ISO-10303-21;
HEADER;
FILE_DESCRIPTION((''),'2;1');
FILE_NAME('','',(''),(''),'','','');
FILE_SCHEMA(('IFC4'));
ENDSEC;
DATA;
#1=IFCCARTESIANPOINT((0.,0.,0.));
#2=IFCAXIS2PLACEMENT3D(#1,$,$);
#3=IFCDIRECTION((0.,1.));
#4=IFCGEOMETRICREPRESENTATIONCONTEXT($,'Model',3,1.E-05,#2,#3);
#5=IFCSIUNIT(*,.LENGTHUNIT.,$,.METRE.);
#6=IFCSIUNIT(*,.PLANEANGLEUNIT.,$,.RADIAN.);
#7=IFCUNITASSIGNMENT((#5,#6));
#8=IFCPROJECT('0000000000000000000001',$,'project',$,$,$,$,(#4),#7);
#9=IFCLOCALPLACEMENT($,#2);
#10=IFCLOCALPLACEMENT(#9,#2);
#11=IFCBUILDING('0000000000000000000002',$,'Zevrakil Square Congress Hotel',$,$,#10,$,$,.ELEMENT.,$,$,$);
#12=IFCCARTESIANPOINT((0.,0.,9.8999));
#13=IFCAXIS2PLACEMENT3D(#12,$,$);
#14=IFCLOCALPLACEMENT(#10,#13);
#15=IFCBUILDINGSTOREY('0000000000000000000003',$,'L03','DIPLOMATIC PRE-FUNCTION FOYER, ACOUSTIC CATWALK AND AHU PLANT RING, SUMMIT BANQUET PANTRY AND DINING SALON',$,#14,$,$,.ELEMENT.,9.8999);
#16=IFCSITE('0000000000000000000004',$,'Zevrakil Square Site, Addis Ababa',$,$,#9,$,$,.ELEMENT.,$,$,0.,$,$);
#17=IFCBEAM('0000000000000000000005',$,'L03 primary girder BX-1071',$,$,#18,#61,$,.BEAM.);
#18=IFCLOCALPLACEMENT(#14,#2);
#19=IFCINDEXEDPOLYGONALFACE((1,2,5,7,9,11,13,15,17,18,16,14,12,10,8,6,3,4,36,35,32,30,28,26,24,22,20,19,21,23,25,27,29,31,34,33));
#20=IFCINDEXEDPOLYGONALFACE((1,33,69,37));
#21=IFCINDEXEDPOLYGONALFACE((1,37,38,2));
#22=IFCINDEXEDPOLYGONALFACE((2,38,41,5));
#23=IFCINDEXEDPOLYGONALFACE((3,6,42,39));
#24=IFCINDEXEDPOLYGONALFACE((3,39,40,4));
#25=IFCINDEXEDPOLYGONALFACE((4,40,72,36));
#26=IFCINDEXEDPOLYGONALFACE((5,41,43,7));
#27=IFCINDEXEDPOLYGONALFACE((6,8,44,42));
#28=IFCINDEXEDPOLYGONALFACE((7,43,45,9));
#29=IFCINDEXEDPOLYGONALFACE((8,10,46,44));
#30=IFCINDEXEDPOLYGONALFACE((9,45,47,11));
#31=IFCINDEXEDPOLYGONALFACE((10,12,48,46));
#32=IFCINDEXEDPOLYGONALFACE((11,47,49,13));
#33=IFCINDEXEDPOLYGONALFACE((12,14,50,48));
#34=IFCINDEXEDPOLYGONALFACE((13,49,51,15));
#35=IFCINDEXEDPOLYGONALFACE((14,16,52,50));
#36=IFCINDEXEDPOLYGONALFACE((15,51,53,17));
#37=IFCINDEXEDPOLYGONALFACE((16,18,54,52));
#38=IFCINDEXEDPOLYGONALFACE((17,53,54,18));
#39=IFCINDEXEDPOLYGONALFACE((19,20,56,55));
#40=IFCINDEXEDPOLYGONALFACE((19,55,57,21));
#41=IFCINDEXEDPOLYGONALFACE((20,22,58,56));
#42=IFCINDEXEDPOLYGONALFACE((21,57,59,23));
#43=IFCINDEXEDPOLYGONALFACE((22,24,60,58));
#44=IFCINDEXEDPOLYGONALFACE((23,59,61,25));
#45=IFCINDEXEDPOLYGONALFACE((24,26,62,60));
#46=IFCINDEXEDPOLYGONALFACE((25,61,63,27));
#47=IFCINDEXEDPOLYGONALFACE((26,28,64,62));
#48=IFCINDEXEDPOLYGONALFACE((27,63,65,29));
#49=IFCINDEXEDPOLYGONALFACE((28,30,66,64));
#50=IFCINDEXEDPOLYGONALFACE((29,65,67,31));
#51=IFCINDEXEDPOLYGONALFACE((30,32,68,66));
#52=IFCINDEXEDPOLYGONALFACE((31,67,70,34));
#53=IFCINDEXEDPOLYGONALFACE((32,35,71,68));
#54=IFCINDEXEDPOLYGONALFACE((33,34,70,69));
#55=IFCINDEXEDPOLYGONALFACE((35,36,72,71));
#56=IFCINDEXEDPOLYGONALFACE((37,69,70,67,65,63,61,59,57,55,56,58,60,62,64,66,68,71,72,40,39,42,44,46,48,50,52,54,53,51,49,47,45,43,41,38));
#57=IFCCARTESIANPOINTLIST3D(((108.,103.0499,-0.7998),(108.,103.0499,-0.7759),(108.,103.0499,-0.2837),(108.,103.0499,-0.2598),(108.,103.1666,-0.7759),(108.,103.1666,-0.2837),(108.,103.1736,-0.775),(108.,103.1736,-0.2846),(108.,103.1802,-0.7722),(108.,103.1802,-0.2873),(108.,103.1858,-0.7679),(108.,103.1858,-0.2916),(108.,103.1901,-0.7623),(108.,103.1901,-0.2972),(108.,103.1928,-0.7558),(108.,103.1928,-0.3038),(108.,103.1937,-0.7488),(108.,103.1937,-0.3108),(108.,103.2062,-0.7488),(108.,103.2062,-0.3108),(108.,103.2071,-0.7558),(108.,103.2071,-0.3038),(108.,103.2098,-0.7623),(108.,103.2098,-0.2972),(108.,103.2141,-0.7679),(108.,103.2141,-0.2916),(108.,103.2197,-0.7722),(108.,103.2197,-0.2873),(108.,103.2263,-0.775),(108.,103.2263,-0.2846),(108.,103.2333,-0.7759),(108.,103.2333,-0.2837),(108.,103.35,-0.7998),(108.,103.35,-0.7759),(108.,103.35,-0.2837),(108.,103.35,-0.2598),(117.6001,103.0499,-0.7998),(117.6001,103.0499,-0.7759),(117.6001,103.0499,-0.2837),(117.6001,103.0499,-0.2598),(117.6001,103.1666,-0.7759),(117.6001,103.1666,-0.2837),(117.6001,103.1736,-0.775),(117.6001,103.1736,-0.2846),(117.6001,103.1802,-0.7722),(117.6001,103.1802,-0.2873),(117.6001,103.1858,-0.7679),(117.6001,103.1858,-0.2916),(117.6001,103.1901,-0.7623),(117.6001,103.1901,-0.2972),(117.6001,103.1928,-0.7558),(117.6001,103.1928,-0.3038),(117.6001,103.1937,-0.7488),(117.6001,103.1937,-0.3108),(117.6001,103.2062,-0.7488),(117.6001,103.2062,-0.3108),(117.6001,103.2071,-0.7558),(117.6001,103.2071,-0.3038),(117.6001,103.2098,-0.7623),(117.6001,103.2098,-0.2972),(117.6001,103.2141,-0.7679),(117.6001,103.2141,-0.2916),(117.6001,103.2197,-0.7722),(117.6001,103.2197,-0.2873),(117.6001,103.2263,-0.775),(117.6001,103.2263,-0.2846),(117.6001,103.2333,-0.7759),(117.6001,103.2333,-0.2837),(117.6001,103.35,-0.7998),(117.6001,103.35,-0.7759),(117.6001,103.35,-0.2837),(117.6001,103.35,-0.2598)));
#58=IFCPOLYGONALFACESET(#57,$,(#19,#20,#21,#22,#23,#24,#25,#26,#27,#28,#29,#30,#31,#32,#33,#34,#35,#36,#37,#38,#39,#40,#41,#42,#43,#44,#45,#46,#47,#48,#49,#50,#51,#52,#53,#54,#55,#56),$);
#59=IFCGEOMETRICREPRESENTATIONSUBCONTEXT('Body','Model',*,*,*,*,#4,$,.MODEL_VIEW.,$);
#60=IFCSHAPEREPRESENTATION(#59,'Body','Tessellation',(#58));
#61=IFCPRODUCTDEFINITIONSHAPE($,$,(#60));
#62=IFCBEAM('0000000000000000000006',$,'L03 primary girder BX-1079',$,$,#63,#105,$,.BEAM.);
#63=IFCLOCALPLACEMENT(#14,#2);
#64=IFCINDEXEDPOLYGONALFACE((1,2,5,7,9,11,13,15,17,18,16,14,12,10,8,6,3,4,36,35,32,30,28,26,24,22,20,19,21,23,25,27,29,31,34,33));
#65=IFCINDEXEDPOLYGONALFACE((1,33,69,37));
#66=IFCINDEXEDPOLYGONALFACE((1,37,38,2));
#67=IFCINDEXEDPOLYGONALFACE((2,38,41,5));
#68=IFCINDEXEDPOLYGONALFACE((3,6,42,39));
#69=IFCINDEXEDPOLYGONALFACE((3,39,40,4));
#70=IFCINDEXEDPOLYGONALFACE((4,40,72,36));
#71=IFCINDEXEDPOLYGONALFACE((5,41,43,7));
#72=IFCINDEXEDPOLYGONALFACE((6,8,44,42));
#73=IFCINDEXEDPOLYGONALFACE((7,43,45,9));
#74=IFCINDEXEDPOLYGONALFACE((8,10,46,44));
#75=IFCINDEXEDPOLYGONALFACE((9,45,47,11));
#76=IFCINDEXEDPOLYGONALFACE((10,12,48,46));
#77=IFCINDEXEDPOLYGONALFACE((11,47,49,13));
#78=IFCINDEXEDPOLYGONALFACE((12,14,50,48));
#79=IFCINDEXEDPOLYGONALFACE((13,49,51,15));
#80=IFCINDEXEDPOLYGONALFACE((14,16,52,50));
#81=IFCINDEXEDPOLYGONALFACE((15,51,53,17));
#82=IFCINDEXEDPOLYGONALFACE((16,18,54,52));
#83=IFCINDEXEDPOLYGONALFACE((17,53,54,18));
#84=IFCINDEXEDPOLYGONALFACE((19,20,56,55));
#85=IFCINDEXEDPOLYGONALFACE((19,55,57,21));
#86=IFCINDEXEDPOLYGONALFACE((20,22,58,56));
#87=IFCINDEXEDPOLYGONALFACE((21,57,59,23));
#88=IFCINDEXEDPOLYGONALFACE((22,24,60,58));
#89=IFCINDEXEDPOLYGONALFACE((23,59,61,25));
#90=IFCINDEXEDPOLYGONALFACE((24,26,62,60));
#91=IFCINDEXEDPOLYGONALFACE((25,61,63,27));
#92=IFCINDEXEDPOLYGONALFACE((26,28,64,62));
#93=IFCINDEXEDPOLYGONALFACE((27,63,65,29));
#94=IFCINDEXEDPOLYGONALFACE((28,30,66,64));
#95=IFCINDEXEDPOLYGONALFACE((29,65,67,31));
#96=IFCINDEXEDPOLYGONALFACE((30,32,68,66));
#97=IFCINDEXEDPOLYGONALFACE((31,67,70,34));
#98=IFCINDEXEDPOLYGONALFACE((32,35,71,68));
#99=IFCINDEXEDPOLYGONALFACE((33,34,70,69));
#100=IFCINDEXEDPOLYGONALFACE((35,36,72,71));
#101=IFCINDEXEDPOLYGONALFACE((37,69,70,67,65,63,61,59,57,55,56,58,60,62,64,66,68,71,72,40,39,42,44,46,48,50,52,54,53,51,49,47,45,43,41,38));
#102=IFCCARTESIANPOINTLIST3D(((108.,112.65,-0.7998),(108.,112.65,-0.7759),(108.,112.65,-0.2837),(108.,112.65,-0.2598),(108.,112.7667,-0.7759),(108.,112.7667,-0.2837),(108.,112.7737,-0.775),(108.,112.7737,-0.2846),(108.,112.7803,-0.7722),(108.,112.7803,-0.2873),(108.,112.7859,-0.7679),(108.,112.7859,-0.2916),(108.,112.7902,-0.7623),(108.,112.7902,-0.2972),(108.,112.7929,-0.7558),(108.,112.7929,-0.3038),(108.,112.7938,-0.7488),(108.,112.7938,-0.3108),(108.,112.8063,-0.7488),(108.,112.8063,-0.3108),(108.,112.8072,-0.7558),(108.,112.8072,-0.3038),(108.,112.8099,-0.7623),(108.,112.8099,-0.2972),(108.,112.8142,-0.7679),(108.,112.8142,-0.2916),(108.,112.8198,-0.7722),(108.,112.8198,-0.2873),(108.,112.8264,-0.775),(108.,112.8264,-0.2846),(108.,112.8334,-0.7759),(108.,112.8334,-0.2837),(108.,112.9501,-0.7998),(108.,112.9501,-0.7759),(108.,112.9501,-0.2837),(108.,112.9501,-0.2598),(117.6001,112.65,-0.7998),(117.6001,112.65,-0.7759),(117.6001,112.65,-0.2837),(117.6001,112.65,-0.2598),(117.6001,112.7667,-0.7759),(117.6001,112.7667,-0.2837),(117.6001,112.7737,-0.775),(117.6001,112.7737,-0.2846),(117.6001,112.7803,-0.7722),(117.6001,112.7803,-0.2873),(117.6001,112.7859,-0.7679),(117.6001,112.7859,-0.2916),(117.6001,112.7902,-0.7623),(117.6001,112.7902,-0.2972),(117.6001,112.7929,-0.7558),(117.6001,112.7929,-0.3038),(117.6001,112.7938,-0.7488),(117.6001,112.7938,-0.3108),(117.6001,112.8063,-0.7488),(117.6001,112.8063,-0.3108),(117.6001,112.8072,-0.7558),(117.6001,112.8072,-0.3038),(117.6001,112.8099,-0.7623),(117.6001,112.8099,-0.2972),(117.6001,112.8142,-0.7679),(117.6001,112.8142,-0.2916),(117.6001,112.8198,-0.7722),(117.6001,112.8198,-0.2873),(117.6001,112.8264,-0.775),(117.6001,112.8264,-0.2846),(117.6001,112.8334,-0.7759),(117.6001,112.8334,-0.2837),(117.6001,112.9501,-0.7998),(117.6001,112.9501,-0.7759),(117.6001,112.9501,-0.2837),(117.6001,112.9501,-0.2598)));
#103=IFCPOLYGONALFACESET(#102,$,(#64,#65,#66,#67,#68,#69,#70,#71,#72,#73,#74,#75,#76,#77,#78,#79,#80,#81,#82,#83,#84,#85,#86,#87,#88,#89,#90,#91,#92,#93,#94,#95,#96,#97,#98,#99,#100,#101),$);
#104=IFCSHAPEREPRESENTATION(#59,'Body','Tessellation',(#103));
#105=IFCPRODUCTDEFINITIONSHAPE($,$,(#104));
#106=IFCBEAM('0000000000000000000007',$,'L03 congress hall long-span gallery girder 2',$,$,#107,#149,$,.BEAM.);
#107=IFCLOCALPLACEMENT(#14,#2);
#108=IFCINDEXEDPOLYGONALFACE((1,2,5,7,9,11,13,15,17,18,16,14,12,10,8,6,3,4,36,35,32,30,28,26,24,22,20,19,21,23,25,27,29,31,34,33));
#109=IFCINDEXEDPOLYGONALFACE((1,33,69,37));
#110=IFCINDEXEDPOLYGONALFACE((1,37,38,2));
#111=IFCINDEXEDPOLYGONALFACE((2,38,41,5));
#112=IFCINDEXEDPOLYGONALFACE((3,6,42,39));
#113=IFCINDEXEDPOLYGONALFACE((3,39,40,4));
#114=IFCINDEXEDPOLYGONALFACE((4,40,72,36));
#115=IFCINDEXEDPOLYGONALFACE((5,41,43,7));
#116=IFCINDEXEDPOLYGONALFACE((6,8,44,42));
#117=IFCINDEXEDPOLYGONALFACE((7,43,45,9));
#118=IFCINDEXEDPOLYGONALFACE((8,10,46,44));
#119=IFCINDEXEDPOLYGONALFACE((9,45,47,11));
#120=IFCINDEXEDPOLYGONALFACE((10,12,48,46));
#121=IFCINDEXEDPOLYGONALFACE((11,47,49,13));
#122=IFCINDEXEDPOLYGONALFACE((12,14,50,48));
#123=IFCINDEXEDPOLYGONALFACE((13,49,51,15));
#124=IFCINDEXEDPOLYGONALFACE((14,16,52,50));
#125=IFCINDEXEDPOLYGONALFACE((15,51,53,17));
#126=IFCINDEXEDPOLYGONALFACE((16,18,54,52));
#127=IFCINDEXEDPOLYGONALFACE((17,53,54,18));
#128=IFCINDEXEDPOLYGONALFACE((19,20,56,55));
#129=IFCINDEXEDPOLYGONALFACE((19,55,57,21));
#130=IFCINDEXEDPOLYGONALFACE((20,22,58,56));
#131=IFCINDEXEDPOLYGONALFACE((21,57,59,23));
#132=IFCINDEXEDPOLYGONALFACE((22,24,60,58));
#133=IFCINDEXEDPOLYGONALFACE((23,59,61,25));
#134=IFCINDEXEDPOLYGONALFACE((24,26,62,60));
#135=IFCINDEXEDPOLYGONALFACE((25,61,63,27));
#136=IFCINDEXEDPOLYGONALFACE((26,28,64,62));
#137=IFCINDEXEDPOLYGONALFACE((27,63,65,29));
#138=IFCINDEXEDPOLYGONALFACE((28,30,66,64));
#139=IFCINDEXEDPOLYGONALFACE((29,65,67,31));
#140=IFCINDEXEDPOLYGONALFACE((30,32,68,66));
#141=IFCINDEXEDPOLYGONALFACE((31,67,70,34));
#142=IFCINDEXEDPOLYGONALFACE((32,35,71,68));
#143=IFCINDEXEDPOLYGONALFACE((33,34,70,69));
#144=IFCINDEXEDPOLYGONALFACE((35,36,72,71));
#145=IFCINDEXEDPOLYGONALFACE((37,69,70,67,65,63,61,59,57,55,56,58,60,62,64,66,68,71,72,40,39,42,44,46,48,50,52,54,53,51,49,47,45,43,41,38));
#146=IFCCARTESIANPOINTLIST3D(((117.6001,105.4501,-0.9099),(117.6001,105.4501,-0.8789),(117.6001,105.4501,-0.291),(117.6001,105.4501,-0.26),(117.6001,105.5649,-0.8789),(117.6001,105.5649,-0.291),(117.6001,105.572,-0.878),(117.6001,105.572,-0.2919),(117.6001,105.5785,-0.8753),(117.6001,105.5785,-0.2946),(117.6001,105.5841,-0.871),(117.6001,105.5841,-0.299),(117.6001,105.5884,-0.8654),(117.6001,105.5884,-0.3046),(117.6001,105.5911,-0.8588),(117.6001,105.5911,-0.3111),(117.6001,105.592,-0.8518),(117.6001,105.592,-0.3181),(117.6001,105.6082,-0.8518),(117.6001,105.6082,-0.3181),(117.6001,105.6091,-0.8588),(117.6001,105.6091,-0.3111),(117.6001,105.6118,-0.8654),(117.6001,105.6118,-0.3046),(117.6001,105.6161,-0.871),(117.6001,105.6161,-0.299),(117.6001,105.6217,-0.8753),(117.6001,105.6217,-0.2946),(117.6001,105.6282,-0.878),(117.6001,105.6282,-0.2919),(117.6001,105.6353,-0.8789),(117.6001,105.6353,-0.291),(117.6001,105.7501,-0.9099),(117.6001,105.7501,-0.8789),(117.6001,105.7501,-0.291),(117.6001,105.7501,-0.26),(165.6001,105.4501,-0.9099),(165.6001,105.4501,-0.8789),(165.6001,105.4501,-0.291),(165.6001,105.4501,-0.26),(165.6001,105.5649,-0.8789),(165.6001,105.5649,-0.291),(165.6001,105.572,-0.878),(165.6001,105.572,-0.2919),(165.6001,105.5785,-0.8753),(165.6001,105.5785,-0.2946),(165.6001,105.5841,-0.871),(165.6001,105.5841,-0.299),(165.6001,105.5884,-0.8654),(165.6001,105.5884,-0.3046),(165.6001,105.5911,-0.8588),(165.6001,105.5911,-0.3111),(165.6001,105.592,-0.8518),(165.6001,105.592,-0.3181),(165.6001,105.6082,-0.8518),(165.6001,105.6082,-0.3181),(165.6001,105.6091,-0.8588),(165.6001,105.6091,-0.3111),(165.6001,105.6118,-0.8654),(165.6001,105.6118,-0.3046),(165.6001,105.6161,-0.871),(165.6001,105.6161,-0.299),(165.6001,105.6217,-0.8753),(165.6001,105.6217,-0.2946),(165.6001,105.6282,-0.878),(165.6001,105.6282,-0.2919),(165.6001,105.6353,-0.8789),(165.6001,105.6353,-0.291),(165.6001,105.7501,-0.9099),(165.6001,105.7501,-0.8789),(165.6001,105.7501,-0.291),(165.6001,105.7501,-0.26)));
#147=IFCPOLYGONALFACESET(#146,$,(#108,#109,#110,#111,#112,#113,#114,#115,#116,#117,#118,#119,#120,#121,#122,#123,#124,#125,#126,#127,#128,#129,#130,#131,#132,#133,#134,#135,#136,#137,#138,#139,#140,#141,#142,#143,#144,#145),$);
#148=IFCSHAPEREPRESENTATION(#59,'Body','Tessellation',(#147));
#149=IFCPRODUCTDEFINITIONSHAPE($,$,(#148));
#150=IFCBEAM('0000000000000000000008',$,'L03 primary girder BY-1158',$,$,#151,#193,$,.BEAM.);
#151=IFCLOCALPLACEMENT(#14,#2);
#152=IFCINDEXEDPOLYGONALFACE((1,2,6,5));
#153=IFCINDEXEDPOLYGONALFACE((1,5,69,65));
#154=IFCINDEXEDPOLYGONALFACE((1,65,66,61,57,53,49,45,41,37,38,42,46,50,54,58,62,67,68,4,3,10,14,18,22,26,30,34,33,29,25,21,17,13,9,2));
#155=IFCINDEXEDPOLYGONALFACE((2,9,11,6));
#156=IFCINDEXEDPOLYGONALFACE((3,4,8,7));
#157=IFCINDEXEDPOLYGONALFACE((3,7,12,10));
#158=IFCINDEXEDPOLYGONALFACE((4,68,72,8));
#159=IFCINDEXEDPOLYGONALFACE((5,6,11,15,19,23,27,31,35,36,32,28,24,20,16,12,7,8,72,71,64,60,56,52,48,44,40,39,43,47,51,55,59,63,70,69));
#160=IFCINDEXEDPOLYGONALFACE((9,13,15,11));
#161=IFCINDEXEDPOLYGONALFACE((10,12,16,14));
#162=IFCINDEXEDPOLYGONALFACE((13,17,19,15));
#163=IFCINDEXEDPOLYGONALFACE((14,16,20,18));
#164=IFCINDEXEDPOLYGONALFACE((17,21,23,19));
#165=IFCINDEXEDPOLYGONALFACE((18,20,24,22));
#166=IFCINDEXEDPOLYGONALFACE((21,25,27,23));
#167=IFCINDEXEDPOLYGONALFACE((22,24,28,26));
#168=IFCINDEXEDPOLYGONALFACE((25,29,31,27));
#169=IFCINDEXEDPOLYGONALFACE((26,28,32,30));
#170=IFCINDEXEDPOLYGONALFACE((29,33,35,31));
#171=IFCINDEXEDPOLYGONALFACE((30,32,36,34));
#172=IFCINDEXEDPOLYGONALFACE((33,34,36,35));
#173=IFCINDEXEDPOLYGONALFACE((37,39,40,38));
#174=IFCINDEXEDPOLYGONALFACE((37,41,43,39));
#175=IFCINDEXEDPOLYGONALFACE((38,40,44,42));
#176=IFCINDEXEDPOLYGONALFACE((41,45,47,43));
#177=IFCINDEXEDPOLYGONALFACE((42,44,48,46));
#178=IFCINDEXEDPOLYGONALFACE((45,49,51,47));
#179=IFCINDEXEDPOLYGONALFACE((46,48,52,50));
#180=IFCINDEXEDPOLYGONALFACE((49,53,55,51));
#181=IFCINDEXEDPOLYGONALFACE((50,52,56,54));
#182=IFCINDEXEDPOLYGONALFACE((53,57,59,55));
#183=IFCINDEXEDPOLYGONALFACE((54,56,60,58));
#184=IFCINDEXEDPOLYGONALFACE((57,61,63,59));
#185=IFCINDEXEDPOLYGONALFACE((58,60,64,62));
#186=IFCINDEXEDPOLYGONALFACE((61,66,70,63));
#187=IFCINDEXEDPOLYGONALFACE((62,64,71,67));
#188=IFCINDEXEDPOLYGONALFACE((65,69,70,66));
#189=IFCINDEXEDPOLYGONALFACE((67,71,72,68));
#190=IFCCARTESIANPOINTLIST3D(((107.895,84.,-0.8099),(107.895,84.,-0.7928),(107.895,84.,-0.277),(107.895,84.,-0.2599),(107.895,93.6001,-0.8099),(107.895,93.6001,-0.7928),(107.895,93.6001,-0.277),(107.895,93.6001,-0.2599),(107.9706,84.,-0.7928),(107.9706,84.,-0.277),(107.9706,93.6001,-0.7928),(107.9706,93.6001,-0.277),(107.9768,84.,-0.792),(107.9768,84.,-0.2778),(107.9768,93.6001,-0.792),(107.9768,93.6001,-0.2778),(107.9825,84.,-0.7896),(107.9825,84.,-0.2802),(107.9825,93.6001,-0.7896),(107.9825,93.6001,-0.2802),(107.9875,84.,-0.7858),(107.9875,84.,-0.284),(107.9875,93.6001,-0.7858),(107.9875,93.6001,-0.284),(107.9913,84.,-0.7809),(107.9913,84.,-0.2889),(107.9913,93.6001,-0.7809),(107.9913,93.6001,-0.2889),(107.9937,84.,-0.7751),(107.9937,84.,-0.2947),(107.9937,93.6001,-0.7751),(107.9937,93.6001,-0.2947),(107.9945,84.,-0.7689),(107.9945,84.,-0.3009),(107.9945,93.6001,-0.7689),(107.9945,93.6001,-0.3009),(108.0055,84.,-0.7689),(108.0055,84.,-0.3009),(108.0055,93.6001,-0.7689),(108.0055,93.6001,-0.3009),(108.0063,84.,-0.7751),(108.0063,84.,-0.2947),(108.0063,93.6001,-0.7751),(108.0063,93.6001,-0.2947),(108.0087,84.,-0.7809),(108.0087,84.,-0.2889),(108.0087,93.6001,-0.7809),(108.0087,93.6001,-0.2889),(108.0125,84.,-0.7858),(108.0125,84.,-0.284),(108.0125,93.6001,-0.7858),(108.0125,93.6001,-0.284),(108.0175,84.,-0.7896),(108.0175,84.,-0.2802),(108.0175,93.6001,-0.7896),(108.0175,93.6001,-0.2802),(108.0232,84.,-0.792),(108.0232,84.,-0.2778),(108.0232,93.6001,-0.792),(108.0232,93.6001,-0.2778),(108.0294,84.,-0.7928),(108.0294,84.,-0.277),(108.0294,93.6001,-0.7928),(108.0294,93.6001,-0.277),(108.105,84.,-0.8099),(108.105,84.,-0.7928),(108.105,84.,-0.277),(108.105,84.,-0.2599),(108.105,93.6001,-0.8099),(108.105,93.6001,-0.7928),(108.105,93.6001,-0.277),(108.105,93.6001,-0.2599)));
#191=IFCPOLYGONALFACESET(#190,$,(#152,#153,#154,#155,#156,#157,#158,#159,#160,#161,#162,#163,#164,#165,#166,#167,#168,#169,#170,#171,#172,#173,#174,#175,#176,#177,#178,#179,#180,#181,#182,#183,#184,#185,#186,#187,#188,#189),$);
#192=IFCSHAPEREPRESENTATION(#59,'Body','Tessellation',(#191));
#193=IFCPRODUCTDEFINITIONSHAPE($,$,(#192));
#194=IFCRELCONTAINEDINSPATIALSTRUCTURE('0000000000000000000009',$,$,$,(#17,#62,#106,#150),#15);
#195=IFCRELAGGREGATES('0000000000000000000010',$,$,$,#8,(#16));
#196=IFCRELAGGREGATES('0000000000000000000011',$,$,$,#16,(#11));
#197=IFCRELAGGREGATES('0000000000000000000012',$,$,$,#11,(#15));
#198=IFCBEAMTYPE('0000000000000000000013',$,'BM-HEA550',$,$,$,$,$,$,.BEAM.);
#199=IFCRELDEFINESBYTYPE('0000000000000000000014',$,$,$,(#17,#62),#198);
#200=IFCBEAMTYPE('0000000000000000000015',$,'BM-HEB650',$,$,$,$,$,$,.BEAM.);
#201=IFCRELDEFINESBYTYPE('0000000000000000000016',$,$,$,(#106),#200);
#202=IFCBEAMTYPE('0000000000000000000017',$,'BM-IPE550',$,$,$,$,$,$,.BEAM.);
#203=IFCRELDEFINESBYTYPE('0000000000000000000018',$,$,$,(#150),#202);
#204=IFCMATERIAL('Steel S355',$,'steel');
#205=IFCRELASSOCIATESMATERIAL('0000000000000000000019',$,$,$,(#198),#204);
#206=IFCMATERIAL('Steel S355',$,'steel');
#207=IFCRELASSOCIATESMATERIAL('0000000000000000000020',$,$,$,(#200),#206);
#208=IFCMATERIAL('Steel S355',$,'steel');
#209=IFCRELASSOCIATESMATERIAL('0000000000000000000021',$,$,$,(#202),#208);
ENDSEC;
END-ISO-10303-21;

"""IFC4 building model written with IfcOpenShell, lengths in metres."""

from ifc_helpers import new_model, si_unit, direction, frame, origin, origin_2d, place, context, subcontext, project, spatial, i_section, extrude, material, material_profile, profile_set, type_object, element, save


model = new_model("IFC4")

# Units and contexts
model_context = context("Model", 3, precision=1e-05, world=origin(), true_north=direction((0.0, 1.0)))
body_context = subcontext(model_context, "Body", "Model", "MODEL_VIEW")
ifc_project = project(units=[si_unit("LENGTHUNIT", "METRE"), si_unit("PLANEANGLEUNIT", "RADIAN")], contexts=[model_context])

# Site, building, storey
site_placement = place(None, origin())
site = spatial("IfcSite", under=ifc_project, at=site_placement, Name="Zevrakil Square Site, Addis Ababa", CompositionType="ELEMENT", RefElevation=0.0)
building_placement = place(site_placement, origin())
building = spatial("IfcBuilding", under=site, at=building_placement, Name="Zevrakil Square Congress Hotel", CompositionType="ELEMENT")
storey_placement = place(building_placement, frame((0.0, 0.0, 9.8999)))
storey = spatial("IfcBuildingStorey", under=building, at=storey_placement, Name="L03", Description="DIPLOMATIC PRE-FUNCTION FOYER, ACOUSTIC CATWALK AND AHU PLANT RING, SUMMIT BANQUET PANTRY AND DINING SALON", CompositionType="ELEMENT", Elevation=9.8999)

# Beams
ifc_material_1 = material(Name="Steel S355", Category="steel")
ifc_material_profile_1 = material_profile(ifc_material_1, i_section(OverallWidth=0.3, OverallDepth=0.54, WebThickness=0.0125, FlangeThickness=0.0239, FilletRadius=0.0271, at=origin_2d()), Name="HEA 550")
ifc_profile_set_1 = profile_set([ifc_material_profile_1], Name="Steel S355")
beam_type_1 = type_object("IfcBeamType", Name="BM-HEA550", PredefinedType="BEAM", material=ifc_profile_set_1)
for number, where, z_axis, x_axis, name in (
    (1, (108.0, 103.2, -0.5298), (1.0, 0.0, 0.0), (0.0, 1.0, 0.0), "L03 primary girder BX-1071"),
    (2, (108.0, 112.8, -0.5298), (1.0, 0.0, 0.0), (0.0, 1.0, 0.0), "L03 primary girder BX-1079"),
):
    element("IfcBeam", number, at=place(storey_placement, frame(where, z_axis=z_axis, x_axis=x_axis)), inside=storey, type_object=beam_type_1, Name=name, PredefinedType="BEAM", context=body_context, shape_type="SweptSolid", body=[
        extrude(i_section(OverallWidth=0.3, OverallDepth=0.54, WebThickness=0.0125, FlangeThickness=0.0239, FilletRadius=0.0271, at=origin_2d()), origin(), (0.0, 0.0, 1.0), 9.6001),
    ])
ifc_material_2 = material(Name="Steel S355", Category="steel")
ifc_material_profile_2 = material_profile(ifc_material_2, i_section(OverallWidth=0.3, OverallDepth=0.6499, WebThickness=0.0161, FlangeThickness=0.031, FilletRadius=0.0271, at=origin_2d()), Name="HEB 650")
ifc_profile_set_2 = profile_set([ifc_material_profile_2], Name="Steel S355")
beam_type_2 = type_object("IfcBeamType", Name="BM-HEB650", PredefinedType="BEAM", material=ifc_profile_set_2)
beam_1_placement = place(storey_placement, frame((117.6001, 105.6001, -0.585), z_axis=(1.0, 0.0, 0.0), x_axis=(0.0, 1.0, 0.0)))
element("IfcBeam", 3, at=beam_1_placement, inside=storey, type_object=beam_type_2, Name="L03 congress hall long-span gallery girder 2", PredefinedType="BEAM", context=body_context, shape_type="SweptSolid", body=[
    extrude(i_section(OverallWidth=0.3, OverallDepth=0.6499, WebThickness=0.0161, FlangeThickness=0.031, FilletRadius=0.0271, at=origin_2d()), origin(), (0.0, 0.0, 1.0), 48.0),
])
ifc_material_3 = material(Name="Steel S355", Category="steel")
ifc_material_profile_3 = material_profile(ifc_material_3, i_section(OverallWidth=0.21, OverallDepth=0.55, WebThickness=0.011, FlangeThickness=0.0171, FilletRadius=0.0239, at=origin_2d()), Name="IPE 550")
ifc_profile_set_3 = profile_set([ifc_material_profile_3], Name="Steel S355")
beam_type_3 = type_object("IfcBeamType", Name="BM-IPE550", PredefinedType="BEAM", material=ifc_profile_set_3)
beam_2_placement = place(storey_placement, frame((108.0, 84.0, -0.5349), z_axis=(0.0, 1.0, 0.0), x_axis=(-1.0, 0.0, 0.0)))
element("IfcBeam", 4, at=beam_2_placement, inside=storey, type_object=beam_type_3, Name="L03 primary girder BY-1158", PredefinedType="BEAM", context=body_context, shape_type="SweptSolid", body=[
    extrude(i_section(OverallWidth=0.21, OverallDepth=0.55, WebThickness=0.011, FlangeThickness=0.0171, FilletRadius=0.0239, at=origin_2d()), origin(), (0.0, 0.0, 1.0), 9.6001),
])

save(model, "model.ifc")
